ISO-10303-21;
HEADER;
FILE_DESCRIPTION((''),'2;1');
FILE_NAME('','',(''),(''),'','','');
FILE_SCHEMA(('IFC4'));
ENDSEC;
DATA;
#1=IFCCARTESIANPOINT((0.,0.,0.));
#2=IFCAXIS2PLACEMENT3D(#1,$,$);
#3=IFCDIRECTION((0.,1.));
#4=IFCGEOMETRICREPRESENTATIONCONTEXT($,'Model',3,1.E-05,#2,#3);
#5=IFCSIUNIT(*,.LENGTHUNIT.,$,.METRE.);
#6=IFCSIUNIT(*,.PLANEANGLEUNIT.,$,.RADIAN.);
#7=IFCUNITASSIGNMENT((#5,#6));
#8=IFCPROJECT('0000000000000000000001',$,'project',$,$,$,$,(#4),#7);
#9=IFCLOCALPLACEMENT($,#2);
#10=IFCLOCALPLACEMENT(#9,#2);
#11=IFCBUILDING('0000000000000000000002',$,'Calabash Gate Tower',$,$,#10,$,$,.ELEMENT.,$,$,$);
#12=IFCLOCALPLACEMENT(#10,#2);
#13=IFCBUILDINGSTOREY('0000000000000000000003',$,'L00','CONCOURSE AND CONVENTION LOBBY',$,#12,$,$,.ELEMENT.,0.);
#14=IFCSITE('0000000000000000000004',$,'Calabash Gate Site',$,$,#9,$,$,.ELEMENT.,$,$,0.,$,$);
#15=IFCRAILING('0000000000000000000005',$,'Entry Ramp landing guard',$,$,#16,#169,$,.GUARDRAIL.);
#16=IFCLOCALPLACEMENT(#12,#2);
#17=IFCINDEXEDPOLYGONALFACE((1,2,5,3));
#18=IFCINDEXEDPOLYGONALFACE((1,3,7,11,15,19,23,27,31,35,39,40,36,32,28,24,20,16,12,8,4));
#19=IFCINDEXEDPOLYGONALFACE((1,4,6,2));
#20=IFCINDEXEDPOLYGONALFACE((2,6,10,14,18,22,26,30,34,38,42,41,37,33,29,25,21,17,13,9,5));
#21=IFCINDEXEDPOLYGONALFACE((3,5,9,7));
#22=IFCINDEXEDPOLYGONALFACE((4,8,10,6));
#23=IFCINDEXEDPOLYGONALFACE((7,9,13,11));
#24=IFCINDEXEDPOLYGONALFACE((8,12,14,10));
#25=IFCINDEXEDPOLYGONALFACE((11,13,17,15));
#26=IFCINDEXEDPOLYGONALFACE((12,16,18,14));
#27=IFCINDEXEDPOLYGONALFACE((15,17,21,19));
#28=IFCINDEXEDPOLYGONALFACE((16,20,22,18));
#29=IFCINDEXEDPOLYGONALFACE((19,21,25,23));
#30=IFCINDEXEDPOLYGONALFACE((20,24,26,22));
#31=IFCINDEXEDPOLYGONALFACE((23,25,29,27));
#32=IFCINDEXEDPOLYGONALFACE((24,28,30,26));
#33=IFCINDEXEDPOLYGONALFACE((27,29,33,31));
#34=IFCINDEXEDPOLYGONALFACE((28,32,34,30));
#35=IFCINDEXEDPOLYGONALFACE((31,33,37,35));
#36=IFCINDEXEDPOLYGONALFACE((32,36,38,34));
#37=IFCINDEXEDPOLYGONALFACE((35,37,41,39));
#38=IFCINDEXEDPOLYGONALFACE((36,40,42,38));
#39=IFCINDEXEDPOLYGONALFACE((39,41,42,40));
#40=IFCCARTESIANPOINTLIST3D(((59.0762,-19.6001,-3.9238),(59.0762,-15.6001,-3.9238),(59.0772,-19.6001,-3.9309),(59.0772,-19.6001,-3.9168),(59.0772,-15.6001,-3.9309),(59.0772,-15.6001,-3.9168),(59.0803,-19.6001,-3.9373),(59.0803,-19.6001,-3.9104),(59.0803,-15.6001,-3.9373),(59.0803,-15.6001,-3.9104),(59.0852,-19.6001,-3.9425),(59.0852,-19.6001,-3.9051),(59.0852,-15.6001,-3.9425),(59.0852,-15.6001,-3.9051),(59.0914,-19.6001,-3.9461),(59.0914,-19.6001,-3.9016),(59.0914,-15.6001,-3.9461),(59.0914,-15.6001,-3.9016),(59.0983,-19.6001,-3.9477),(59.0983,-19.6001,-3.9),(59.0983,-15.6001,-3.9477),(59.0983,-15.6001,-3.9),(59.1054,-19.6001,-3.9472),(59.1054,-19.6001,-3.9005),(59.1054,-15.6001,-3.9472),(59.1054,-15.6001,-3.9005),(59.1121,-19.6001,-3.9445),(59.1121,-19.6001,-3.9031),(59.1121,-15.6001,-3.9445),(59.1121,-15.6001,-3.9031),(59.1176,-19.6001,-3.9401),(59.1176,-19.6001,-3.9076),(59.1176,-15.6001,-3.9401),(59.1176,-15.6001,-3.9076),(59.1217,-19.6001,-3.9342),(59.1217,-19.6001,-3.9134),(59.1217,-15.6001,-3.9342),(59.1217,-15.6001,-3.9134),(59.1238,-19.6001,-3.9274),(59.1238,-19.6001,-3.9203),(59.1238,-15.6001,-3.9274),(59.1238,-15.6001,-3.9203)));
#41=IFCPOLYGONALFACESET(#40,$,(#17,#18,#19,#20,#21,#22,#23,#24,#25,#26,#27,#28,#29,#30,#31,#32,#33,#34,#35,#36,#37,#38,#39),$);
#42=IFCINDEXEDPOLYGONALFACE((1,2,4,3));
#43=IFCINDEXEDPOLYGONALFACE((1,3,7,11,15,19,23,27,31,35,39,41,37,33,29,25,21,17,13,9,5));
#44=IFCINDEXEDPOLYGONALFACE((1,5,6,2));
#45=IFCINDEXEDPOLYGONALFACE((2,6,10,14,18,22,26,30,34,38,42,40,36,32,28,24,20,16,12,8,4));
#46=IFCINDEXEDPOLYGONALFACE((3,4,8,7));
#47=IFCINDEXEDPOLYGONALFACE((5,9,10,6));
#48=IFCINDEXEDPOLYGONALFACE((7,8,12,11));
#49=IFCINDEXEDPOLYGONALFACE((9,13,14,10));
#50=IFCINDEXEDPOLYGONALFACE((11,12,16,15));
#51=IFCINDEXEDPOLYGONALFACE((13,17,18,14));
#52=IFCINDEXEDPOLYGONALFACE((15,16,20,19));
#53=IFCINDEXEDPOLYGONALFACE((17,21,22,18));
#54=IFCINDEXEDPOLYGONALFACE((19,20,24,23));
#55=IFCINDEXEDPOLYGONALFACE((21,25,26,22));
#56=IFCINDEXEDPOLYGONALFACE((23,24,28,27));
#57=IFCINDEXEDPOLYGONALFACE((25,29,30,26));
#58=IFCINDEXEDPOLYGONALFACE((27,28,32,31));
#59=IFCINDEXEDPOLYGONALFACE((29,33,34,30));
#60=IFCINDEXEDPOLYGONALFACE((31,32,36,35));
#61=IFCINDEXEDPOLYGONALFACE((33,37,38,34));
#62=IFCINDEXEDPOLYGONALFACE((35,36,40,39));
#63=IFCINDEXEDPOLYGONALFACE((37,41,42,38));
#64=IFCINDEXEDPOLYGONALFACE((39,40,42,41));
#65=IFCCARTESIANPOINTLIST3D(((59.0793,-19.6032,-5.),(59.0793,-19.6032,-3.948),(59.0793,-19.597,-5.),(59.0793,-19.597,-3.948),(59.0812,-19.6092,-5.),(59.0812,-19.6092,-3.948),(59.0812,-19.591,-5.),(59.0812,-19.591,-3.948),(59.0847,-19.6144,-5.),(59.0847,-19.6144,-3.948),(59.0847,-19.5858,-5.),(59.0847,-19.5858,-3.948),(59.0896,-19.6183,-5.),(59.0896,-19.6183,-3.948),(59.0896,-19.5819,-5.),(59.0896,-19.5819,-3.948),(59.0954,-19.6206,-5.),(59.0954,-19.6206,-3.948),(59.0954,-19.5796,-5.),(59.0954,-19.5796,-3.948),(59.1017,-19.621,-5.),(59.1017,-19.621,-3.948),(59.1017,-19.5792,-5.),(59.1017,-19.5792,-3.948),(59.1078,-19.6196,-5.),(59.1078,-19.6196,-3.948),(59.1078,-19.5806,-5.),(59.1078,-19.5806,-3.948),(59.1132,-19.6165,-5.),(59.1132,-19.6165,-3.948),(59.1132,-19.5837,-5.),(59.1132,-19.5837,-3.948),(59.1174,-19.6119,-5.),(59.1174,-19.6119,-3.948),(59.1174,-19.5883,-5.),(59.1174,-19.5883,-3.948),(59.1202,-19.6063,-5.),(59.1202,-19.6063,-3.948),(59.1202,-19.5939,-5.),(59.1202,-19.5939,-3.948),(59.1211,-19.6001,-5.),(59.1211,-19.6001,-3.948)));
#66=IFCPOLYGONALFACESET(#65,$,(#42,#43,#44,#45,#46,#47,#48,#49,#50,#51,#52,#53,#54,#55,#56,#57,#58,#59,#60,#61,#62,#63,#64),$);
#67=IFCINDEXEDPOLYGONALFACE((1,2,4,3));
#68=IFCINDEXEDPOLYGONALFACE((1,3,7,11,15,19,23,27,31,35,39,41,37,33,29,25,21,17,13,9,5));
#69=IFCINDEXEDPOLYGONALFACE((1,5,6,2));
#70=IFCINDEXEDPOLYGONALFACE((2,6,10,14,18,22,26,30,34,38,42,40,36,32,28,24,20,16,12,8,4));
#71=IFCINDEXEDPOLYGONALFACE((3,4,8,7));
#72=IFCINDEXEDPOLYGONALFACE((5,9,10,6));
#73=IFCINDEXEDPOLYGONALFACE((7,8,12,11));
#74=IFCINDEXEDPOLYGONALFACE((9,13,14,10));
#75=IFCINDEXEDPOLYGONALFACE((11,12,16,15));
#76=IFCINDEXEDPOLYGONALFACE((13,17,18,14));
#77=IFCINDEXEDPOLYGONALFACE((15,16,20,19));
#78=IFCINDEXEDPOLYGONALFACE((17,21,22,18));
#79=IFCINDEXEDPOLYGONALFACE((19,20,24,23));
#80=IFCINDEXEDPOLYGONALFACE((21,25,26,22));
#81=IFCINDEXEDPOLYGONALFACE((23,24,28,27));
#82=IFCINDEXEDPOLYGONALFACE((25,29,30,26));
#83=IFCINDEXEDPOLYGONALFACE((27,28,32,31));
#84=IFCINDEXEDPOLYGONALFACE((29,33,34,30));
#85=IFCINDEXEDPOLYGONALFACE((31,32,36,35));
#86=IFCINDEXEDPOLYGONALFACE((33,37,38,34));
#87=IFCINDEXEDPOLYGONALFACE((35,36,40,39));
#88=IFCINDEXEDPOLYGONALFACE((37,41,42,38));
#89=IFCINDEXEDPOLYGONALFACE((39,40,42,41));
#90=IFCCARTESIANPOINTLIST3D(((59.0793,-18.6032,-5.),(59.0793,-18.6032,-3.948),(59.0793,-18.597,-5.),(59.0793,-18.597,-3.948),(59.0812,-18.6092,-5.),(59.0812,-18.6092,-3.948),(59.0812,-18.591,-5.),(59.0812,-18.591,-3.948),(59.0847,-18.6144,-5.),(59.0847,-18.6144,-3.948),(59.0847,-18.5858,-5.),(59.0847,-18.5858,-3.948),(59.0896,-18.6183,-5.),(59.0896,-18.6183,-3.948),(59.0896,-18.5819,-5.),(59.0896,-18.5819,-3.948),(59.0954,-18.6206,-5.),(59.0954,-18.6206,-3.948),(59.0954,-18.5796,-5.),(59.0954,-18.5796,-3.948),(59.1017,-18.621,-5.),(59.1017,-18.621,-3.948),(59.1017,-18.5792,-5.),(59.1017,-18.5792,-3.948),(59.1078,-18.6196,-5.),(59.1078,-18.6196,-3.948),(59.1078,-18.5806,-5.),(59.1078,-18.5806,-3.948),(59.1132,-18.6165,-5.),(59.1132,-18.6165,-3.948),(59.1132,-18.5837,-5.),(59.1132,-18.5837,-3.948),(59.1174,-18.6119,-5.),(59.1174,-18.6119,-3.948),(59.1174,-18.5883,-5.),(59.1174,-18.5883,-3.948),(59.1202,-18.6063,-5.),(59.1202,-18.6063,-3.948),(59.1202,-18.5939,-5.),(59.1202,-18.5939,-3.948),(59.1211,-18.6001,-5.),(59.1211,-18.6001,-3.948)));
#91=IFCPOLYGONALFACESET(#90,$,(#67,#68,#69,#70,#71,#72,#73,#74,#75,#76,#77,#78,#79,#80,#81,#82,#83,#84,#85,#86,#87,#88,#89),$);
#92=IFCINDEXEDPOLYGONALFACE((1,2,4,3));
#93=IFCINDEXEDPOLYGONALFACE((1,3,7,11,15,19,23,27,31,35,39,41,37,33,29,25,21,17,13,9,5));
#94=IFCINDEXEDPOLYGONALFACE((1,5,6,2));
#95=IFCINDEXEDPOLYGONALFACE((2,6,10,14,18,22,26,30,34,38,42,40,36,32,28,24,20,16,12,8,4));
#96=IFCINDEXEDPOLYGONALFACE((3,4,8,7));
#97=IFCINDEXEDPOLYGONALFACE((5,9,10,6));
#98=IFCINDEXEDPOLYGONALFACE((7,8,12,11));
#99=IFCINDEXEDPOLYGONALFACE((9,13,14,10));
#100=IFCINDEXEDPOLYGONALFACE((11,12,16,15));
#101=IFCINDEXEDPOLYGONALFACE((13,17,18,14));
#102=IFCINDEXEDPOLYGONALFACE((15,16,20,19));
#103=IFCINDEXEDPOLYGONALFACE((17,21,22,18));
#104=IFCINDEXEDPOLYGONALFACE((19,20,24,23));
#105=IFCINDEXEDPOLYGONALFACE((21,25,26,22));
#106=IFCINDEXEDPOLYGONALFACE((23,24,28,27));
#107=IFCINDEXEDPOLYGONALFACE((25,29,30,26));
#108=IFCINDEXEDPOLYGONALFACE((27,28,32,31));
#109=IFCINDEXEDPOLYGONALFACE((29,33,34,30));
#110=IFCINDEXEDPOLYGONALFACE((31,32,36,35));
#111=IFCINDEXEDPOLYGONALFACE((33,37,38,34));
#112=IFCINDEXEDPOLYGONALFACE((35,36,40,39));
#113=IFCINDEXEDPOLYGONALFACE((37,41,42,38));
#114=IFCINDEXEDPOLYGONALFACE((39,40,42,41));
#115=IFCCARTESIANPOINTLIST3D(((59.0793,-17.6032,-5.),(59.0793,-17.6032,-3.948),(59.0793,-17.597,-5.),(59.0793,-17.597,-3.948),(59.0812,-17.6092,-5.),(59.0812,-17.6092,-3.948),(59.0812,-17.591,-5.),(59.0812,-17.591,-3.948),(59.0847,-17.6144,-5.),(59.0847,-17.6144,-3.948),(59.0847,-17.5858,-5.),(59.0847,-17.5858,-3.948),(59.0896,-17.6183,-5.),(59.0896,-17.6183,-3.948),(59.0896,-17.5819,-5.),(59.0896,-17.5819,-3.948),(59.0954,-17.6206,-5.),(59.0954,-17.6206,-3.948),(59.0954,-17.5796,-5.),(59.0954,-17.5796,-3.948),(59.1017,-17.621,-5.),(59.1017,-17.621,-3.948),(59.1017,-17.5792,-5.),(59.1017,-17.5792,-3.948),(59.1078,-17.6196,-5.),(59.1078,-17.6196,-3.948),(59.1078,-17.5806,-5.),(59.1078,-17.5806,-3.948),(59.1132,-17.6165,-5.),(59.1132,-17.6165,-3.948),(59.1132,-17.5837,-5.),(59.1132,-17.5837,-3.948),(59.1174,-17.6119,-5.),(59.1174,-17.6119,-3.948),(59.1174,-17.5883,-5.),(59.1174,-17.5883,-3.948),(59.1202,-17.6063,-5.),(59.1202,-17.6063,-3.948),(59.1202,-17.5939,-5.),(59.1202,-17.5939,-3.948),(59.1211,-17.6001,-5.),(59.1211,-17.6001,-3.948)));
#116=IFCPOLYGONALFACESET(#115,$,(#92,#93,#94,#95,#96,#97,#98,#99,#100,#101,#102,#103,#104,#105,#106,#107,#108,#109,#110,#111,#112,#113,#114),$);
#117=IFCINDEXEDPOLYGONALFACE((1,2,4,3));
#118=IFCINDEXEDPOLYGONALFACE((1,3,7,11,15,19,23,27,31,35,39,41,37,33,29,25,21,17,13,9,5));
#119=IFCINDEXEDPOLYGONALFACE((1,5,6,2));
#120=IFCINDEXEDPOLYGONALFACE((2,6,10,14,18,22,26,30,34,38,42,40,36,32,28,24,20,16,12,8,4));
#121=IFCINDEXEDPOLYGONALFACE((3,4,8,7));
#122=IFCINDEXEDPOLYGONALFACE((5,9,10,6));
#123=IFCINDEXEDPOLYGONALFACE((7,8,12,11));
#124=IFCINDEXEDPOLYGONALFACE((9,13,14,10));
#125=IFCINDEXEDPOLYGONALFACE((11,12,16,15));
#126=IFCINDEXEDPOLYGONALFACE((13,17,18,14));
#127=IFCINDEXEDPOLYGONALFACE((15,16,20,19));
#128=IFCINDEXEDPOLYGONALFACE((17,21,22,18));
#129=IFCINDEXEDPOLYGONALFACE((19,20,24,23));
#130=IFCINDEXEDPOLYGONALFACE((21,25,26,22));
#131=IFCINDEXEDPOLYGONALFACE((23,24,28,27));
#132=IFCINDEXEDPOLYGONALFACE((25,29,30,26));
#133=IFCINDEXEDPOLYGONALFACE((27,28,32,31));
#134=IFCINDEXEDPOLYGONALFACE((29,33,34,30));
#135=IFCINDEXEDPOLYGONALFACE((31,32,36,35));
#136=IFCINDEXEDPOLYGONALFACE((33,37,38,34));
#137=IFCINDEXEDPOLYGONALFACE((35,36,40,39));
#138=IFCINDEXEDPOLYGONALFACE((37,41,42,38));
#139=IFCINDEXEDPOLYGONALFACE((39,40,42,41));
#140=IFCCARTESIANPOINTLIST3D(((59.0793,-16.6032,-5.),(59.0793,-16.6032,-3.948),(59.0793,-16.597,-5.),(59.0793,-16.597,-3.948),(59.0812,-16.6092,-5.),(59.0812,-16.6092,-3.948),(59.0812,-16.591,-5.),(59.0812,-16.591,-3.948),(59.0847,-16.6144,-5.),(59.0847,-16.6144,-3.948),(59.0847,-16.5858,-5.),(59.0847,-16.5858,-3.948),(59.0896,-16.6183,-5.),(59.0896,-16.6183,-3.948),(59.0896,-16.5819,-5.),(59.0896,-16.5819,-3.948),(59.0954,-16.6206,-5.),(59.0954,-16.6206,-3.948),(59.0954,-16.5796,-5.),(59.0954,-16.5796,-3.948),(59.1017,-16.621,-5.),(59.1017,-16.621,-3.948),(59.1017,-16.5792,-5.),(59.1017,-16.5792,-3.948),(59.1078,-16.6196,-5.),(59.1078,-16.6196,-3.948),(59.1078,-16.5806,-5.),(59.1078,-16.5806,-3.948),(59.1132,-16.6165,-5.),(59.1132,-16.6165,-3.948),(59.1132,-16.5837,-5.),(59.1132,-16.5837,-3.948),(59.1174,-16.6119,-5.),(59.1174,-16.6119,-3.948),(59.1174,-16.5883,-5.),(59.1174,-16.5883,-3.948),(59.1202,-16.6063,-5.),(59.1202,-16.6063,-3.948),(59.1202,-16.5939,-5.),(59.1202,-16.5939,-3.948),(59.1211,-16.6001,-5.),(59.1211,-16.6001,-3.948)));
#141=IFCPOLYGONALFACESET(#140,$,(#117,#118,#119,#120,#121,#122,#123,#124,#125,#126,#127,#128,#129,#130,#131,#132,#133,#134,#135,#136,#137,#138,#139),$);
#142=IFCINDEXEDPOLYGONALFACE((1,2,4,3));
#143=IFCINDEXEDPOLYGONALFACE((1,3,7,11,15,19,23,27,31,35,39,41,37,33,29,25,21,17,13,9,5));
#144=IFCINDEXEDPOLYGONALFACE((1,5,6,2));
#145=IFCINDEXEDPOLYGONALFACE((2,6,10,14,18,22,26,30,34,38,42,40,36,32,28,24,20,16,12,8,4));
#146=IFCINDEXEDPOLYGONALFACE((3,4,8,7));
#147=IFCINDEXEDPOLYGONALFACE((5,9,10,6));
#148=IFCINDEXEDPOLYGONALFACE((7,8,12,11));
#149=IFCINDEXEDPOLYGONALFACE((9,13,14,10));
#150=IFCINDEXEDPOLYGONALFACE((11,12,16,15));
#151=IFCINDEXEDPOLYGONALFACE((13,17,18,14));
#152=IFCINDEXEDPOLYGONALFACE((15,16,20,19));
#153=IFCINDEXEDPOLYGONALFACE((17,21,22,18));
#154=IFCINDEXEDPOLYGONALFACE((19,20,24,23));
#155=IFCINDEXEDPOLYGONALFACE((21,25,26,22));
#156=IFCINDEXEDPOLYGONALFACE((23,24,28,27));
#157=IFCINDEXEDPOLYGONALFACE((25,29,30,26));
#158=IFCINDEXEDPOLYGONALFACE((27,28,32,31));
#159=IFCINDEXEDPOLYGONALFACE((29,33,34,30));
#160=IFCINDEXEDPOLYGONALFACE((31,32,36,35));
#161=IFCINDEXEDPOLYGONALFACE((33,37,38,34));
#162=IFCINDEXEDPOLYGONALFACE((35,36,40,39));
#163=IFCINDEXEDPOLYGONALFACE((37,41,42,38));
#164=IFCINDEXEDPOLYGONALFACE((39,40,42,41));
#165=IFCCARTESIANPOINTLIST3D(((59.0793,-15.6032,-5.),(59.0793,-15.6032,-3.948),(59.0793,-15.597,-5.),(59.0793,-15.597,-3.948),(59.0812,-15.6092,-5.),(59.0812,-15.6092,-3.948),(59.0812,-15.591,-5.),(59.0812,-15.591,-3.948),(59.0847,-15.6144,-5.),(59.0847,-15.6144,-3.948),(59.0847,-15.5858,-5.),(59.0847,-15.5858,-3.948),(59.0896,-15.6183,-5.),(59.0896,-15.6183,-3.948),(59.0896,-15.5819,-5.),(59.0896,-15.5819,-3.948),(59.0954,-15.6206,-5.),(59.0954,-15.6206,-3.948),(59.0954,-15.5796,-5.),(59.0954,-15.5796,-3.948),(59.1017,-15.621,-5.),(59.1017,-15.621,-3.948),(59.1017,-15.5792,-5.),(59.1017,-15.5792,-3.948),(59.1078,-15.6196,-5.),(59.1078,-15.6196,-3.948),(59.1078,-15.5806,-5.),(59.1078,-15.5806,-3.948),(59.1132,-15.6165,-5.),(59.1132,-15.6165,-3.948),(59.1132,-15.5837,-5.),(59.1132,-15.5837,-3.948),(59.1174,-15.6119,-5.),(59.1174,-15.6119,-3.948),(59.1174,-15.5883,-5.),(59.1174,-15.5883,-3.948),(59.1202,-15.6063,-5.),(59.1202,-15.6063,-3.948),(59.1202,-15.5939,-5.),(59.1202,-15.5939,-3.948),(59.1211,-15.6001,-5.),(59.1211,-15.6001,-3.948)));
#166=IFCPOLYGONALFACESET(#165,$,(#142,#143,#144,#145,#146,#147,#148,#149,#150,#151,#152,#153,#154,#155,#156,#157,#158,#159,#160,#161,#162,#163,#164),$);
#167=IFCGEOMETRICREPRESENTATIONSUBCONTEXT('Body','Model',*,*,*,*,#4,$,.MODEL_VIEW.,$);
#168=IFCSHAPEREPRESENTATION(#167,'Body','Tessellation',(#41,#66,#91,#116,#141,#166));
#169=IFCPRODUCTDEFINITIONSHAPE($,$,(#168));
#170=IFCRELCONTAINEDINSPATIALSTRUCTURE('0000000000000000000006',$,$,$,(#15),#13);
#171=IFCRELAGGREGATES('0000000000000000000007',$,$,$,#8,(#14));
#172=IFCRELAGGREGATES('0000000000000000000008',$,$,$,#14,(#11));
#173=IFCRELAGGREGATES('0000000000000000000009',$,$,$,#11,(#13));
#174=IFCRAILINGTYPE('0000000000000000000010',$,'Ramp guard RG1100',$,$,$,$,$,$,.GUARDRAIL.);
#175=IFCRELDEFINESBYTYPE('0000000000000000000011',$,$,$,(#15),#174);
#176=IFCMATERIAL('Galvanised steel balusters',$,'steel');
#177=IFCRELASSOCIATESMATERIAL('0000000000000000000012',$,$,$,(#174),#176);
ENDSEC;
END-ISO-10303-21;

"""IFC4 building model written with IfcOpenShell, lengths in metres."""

from ifc_helpers import new_model, si_unit, direction, frame, origin, origin_2d, place, context, subcontext, project, spatial, circle, extrude, material, type_object, element, save


model = new_model("IFC4")

# Units and contexts
model_context = context("Model", 3, precision=1e-05, world=origin(), true_north=direction((0.0, 1.0)))
body_context = subcontext(model_context, "Body", "Model", "MODEL_VIEW")
ifc_project = project(units=[si_unit("LENGTHUNIT", "METRE"), si_unit("PLANEANGLEUNIT", "RADIAN")], contexts=[model_context])

# Site, building, storey
site_placement = place(None, origin())
site = spatial("IfcSite", under=ifc_project, at=site_placement, Name="Calabash Gate Site", CompositionType="ELEMENT", RefElevation=0.0)
building_placement = place(site_placement, origin())
building = spatial("IfcBuilding", under=site, at=building_placement, Name="Calabash Gate Tower", CompositionType="ELEMENT")
storey_placement = place(building_placement, origin())
storey = spatial("IfcBuildingStorey", under=building, at=storey_placement, Name="L00", Description="CONCOURSE AND CONVENTION LOBBY", CompositionType="ELEMENT", Elevation=0.0)

# Railing
ifc_material_1 = material(Name="Galvanised steel balusters", Category="steel")
railing_type = type_object("IfcRailingType", Name="Ramp guard RG1100", PredefinedType="GUARDRAIL", material=ifc_material_1)
railing_1_placement = place(storey_placement, frame((59.1001, -19.6001, -5.0)))
element("IfcRailing", 1, at=railing_1_placement, inside=storey, type_object=railing_type, Name="Entry Ramp landing guard", PredefinedType="GUARDRAIL", context=body_context, shape_type="SweptSolid", body=[
    extrude(circle(Radius=0.0239, at=origin_2d()), frame((0.0, 0.0, 1.0762), z_axis=(0.0, 1.0, 0.0), x_axis=(-1.0, 0.0, 0.0)), (0.0, 0.0, 1.0), 4.0),
    extrude(circle(Radius=0.021, at=origin_2d()), origin(), (0.0, 0.0, 1.0), 1.052),
    extrude(circle(Radius=0.021, at=origin_2d()), frame((0.0, 1.0, 0.0)), (0.0, 0.0, 1.0), 1.052),
    extrude(circle(Radius=0.021, at=origin_2d()), frame((0.0, 2.0, 0.0)), (0.0, 0.0, 1.0), 1.052),
    extrude(circle(Radius=0.021, at=origin_2d()), frame((0.0, 3.0, 0.0)), (0.0, 0.0, 1.0), 1.052),
    extrude(circle(Radius=0.021, at=origin_2d()), frame((0.0, 4.0, 0.0)), (0.0, 0.0, 1.0), 1.052),
])

save(model, "model.ifc")
